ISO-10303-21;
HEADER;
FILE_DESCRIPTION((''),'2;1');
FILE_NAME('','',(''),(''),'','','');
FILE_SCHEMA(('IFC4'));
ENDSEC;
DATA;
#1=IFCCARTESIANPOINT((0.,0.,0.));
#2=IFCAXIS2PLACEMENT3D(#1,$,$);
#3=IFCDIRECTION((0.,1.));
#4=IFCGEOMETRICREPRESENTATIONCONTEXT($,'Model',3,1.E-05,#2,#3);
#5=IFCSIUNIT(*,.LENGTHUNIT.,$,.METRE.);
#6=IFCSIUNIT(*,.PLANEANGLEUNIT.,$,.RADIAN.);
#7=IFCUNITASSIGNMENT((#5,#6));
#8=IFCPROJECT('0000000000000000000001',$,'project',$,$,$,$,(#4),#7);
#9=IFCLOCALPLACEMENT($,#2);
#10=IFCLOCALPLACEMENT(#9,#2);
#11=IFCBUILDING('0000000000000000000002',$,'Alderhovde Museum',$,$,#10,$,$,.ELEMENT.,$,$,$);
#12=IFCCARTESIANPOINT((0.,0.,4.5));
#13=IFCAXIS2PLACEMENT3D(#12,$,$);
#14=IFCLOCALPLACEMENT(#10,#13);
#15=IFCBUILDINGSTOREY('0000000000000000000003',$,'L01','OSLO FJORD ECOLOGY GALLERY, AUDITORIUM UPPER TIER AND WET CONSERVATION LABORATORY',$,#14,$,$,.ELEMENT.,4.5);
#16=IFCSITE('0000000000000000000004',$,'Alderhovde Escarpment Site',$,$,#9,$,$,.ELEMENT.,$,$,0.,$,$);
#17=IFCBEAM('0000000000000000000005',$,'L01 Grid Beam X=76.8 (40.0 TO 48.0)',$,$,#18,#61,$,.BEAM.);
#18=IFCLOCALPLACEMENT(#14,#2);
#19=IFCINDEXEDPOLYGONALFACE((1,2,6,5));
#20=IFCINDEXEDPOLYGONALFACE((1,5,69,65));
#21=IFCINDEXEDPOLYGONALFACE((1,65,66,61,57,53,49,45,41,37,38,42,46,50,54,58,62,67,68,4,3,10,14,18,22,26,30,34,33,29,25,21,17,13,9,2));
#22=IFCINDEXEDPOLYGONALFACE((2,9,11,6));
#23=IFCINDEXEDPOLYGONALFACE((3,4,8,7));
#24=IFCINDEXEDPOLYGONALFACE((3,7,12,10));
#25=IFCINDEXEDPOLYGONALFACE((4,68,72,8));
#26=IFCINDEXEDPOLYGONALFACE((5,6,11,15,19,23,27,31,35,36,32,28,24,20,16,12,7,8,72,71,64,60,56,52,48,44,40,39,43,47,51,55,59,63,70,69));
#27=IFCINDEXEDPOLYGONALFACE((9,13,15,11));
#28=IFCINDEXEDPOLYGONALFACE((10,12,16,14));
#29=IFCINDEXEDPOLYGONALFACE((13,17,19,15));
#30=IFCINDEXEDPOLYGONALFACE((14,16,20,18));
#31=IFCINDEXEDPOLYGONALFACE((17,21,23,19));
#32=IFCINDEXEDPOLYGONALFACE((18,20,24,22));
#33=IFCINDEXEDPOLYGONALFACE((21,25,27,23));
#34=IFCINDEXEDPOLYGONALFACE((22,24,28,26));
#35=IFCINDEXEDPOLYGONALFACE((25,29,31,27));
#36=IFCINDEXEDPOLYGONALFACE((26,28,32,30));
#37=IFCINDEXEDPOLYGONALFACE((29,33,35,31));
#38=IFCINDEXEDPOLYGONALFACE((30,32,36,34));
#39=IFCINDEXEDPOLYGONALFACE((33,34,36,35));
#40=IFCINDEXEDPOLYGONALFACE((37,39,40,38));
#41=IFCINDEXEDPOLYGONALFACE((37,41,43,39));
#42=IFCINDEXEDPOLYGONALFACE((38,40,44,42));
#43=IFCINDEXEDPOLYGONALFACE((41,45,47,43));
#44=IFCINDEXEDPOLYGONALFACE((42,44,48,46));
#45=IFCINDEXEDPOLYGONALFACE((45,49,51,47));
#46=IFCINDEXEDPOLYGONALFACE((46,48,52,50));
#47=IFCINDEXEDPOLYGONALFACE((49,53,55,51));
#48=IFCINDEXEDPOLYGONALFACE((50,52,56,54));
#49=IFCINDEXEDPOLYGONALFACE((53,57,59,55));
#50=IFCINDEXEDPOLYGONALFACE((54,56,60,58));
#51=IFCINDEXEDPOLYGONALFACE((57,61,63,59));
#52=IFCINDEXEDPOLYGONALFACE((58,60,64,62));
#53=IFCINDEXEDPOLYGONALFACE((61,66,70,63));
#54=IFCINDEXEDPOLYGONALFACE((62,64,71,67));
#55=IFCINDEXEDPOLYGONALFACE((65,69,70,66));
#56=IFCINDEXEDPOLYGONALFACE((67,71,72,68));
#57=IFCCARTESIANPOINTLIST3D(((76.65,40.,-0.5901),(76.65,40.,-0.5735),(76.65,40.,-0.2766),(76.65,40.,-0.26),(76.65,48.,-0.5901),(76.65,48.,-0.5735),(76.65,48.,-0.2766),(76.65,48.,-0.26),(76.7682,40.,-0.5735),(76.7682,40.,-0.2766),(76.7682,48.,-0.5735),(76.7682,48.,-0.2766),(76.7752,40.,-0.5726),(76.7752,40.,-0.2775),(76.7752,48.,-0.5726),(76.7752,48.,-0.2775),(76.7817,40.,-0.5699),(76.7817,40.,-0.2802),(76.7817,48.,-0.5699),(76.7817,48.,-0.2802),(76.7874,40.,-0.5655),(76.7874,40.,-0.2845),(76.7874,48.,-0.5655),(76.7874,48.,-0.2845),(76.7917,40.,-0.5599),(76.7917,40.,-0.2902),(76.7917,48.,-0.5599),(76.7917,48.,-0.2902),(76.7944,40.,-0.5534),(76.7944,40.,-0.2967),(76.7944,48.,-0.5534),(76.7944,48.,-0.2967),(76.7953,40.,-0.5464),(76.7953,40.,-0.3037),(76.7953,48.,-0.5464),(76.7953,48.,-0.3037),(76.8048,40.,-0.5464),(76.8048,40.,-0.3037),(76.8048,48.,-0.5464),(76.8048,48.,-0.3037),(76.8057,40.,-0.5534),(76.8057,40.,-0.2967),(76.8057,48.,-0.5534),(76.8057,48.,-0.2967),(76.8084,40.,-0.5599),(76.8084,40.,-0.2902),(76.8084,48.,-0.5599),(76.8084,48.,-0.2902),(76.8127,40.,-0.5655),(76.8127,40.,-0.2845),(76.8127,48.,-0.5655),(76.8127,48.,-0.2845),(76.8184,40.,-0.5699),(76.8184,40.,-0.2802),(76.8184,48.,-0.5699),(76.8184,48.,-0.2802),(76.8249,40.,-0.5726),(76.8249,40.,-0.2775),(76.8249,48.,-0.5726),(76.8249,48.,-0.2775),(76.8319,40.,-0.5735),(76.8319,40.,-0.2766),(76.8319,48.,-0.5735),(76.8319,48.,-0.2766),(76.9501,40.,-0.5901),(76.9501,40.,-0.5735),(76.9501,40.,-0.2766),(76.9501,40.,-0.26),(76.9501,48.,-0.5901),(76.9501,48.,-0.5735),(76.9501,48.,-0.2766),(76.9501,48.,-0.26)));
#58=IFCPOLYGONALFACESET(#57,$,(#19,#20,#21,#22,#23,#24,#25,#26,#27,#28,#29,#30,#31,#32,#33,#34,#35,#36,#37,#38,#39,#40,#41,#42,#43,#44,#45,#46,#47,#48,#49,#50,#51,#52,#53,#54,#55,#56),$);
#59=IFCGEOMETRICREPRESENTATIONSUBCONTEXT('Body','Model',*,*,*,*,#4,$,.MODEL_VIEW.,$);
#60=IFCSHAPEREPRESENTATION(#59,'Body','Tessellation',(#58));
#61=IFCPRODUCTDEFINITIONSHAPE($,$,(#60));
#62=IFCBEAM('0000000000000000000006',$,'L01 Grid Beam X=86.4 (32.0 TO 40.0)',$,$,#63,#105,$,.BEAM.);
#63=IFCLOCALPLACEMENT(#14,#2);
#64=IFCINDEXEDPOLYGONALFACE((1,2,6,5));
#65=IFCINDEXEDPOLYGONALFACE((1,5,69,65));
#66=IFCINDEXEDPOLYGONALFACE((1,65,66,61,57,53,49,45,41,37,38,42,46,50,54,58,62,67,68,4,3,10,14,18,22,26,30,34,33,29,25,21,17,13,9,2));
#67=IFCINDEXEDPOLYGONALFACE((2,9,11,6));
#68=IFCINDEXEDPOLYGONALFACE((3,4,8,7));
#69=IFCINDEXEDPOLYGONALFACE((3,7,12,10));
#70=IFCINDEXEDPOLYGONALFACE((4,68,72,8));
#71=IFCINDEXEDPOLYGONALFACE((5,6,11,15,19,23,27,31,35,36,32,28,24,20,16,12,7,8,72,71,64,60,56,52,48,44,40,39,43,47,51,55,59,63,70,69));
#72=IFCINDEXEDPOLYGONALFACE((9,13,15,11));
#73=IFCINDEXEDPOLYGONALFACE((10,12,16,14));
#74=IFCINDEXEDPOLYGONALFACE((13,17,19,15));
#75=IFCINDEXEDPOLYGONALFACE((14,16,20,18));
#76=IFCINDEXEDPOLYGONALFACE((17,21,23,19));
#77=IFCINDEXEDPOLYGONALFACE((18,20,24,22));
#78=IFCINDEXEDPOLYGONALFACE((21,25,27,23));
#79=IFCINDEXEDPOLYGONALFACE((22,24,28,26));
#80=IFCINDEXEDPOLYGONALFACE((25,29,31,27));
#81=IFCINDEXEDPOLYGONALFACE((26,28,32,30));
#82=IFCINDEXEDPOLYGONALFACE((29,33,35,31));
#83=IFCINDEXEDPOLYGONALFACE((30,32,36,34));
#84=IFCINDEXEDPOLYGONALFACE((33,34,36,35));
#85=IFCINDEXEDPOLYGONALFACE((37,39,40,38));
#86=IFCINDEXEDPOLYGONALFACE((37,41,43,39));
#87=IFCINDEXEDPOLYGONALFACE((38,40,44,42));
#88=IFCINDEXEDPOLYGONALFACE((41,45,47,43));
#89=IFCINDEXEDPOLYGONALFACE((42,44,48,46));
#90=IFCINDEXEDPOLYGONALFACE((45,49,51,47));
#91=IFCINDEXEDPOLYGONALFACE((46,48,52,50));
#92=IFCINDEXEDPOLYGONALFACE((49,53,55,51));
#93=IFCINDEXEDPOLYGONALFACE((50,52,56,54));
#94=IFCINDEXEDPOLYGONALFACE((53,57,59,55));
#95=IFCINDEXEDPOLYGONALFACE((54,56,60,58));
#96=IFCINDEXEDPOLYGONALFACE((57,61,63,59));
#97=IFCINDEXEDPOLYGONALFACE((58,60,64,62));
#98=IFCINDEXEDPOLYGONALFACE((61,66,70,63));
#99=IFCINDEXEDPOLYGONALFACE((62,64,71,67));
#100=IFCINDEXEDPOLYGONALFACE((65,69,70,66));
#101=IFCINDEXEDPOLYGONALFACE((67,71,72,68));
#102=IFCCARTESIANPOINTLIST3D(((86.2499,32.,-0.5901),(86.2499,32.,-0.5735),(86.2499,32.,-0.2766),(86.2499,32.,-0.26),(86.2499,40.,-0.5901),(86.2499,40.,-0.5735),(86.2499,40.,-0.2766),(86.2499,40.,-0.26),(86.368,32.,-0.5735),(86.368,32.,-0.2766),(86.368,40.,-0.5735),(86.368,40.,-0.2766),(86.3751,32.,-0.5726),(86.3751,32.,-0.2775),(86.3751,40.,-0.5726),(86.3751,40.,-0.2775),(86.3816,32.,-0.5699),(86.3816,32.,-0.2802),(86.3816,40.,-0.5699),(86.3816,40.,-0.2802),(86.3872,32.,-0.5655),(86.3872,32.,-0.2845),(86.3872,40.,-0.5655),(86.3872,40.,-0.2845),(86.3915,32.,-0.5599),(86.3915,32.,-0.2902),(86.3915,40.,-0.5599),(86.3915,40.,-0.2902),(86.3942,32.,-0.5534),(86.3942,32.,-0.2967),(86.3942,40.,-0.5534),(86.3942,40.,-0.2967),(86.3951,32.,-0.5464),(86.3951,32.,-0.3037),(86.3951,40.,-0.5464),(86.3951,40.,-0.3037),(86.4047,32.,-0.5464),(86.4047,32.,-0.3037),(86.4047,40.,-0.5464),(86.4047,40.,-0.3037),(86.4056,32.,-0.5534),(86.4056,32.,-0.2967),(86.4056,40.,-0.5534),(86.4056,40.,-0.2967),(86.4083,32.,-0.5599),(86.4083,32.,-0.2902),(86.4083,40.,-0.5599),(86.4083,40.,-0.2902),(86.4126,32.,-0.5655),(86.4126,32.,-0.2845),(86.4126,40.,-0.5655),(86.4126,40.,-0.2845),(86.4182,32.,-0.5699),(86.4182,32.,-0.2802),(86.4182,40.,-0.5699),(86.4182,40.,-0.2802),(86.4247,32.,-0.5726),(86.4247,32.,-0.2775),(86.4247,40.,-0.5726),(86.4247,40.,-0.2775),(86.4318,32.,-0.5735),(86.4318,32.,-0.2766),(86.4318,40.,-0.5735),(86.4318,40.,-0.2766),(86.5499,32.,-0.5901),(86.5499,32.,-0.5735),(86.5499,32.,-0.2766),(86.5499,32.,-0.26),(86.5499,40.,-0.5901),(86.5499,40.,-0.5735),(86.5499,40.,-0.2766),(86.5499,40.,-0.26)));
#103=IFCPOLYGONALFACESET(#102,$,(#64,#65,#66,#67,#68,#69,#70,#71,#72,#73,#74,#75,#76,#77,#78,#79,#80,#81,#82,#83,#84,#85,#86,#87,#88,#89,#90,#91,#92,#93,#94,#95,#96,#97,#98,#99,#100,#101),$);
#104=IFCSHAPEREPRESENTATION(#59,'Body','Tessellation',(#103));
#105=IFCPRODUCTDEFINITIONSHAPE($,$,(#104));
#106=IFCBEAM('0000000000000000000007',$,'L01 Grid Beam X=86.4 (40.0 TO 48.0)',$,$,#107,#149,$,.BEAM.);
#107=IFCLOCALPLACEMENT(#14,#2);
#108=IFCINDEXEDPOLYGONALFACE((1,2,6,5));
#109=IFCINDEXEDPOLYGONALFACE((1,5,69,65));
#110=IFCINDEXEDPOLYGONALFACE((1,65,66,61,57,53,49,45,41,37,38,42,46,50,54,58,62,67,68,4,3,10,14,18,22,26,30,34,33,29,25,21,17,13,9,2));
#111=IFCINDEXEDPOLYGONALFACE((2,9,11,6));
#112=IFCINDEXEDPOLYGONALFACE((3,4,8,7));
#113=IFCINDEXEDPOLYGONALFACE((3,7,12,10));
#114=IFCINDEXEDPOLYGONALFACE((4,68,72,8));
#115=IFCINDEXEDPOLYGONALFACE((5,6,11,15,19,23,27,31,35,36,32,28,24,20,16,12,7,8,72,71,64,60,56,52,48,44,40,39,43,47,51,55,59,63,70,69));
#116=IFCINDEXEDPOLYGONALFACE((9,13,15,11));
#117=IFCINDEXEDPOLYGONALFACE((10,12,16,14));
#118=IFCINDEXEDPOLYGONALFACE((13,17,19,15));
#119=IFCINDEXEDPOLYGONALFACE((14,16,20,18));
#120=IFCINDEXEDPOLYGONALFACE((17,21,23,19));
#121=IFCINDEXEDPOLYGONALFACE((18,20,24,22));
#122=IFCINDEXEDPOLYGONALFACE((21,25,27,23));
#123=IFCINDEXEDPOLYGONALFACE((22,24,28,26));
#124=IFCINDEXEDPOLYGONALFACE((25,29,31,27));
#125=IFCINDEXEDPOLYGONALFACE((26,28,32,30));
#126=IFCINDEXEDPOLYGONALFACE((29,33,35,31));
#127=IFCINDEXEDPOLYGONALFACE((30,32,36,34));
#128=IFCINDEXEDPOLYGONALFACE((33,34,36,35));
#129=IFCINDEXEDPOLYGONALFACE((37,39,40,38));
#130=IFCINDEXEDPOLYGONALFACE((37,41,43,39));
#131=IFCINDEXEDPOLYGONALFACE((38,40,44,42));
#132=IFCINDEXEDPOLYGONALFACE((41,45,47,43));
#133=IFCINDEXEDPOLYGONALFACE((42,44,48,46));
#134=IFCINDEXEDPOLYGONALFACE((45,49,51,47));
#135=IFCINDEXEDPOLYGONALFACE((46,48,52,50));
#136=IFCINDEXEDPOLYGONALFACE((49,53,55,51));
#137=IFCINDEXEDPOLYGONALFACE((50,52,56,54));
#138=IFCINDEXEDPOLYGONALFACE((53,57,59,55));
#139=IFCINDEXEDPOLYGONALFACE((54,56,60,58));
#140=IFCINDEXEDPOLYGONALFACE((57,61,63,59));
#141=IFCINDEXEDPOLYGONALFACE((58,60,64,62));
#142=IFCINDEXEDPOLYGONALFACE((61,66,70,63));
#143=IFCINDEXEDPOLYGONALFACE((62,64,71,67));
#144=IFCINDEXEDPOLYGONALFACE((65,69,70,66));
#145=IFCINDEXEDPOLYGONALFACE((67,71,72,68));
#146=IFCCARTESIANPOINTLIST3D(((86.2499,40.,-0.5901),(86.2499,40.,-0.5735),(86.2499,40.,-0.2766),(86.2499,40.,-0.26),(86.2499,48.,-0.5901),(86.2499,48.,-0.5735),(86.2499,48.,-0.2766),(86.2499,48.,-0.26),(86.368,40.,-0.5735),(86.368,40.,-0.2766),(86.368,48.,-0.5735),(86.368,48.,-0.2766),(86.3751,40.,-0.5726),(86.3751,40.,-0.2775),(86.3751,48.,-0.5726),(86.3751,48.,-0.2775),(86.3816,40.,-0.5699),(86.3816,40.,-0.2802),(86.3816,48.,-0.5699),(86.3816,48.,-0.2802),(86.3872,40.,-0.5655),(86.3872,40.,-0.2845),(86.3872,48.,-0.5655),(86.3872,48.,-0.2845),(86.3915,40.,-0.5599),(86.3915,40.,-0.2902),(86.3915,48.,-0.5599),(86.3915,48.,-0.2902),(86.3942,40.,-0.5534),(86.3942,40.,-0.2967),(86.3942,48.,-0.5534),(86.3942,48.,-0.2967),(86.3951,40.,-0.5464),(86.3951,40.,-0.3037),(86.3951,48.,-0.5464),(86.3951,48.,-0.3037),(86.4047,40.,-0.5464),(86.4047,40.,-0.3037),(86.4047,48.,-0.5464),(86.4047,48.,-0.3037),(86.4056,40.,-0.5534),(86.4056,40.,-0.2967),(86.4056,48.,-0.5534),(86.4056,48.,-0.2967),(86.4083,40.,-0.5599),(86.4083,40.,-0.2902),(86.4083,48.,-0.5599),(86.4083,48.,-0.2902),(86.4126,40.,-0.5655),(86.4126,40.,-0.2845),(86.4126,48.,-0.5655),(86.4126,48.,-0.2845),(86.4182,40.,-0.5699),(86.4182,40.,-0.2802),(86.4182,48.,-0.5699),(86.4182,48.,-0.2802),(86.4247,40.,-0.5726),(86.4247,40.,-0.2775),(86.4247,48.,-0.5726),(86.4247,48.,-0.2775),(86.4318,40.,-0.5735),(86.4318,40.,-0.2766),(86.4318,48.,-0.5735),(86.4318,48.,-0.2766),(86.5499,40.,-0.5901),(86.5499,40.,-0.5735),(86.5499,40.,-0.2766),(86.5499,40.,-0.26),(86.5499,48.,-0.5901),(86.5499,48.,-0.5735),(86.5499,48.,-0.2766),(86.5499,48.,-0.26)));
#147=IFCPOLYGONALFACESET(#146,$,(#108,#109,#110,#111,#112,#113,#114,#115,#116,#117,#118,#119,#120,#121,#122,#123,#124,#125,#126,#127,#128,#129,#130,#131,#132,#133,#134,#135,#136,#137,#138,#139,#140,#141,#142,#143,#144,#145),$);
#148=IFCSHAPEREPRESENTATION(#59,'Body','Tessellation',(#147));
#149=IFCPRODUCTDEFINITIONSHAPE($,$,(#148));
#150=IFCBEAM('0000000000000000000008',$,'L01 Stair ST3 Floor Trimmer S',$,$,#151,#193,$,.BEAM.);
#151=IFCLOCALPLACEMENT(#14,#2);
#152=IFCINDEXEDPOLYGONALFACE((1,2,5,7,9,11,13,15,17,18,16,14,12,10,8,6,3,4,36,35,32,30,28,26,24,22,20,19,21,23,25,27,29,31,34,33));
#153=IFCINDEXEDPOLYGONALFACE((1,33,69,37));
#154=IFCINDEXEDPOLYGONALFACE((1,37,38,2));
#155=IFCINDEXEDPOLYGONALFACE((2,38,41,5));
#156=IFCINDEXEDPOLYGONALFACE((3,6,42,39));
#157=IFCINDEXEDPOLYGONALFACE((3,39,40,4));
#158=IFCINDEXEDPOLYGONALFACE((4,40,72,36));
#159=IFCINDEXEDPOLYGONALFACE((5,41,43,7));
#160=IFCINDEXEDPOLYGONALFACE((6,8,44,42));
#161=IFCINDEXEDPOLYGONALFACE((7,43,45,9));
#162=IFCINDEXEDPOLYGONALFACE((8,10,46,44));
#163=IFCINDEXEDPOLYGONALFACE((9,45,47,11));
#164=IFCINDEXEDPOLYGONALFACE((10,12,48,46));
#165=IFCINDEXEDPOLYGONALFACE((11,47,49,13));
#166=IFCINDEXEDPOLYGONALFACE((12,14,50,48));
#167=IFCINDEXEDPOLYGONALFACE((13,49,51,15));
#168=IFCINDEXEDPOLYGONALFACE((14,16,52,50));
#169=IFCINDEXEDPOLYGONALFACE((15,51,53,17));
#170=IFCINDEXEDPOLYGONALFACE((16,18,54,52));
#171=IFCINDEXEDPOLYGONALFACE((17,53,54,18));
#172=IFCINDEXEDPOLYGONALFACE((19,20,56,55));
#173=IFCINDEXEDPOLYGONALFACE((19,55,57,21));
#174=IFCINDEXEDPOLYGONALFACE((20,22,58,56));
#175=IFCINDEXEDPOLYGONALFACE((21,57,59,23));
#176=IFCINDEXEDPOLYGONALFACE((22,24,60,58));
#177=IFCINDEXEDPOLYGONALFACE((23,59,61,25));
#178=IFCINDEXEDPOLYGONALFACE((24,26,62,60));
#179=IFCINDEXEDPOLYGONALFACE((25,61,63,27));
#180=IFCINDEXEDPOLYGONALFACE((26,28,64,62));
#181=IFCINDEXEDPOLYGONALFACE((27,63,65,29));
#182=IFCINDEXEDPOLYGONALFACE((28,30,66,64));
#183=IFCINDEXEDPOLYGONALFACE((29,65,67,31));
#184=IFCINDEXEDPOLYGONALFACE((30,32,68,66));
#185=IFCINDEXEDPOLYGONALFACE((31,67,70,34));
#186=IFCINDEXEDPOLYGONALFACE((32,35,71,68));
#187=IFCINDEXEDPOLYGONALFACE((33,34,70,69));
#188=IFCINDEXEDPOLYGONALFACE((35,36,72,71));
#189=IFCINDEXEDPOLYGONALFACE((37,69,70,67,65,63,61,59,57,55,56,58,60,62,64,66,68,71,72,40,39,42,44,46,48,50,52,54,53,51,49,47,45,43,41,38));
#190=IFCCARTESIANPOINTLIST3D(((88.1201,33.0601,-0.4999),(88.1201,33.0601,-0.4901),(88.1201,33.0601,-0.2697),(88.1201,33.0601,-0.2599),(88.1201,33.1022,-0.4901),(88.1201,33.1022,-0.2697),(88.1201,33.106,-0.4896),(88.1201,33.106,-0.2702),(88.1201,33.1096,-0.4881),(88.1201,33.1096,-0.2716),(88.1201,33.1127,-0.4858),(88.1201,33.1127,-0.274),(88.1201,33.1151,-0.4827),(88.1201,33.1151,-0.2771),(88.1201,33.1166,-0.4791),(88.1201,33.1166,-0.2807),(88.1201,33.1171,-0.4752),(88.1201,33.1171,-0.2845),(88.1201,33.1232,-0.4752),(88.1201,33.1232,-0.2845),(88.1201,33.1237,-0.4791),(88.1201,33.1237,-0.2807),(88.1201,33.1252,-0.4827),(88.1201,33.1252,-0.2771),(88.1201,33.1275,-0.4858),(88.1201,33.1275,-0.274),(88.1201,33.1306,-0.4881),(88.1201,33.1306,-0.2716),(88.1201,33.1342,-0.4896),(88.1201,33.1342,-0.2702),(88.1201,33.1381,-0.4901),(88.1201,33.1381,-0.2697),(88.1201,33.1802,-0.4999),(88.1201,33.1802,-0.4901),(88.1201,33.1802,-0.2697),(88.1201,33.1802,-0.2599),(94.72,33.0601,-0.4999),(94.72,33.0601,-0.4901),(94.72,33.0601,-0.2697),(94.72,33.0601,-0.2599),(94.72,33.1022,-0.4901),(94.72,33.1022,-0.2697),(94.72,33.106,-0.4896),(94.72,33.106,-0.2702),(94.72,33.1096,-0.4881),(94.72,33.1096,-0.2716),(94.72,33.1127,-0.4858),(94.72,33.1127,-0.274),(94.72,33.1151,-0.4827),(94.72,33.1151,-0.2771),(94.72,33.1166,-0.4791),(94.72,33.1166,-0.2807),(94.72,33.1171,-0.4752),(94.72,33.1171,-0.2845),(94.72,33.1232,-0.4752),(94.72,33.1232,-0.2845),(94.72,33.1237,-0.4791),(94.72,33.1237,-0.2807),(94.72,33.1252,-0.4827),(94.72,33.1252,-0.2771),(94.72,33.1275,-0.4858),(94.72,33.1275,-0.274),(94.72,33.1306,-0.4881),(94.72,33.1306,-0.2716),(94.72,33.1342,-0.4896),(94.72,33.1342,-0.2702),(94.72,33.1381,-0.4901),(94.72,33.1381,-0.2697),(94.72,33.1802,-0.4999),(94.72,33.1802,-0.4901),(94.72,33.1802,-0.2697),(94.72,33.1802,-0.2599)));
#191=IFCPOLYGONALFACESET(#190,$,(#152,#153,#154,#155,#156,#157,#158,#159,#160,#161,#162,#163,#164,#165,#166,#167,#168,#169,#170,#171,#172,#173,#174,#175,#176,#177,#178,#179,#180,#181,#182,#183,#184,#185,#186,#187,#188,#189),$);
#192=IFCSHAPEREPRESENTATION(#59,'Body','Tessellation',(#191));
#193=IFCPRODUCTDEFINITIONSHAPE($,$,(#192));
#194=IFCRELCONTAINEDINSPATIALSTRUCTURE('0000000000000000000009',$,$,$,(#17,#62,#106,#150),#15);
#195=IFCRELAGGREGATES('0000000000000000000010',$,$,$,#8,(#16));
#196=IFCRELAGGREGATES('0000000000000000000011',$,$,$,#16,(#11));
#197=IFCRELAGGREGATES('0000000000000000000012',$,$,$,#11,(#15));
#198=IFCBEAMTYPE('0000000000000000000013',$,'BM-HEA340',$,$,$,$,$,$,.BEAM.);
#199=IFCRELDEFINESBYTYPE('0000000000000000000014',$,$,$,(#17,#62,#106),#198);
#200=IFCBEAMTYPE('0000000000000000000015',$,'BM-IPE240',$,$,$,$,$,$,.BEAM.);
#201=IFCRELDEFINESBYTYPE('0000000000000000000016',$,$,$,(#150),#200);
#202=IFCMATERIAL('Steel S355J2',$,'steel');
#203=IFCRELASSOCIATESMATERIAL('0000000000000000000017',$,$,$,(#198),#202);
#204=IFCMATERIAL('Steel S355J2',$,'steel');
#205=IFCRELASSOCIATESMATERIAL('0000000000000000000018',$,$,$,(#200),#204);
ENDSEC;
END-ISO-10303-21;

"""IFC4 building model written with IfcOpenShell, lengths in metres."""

from ifc_helpers import new_model, si_unit, direction, frame, origin, origin_2d, place, context, subcontext, project, spatial, i_section, extrude, material, material_profile, profile_set, type_object, element, save


model = new_model("IFC4")

# Units and contexts
model_context = context("Model", 3, precision=1e-05, world=origin(), true_north=direction((0.0, 1.0)))
body_context = subcontext(model_context, "Body", "Model", "MODEL_VIEW")
ifc_project = project(units=[si_unit("LENGTHUNIT", "METRE"), si_unit("PLANEANGLEUNIT", "RADIAN")], contexts=[model_context])

# Site, building, storey
site_placement = place(None, origin())
site = spatial("IfcSite", under=ifc_project, at=site_placement, Name="Alderhovde Escarpment Site", CompositionType="ELEMENT", RefElevation=0.0)
building_placement = place(site_placement, origin())
building = spatial("IfcBuilding", under=site, at=building_placement, Name="Alderhovde Museum", CompositionType="ELEMENT")
storey_placement = place(building_placement, frame((0.0, 0.0, 4.5)))
storey = spatial("IfcBuildingStorey", under=building, at=storey_placement, Name="L01", Description="OSLO FJORD ECOLOGY GALLERY, AUDITORIUM UPPER TIER AND WET CONSERVATION LABORATORY", CompositionType="ELEMENT", Elevation=4.5)

# Beams
ifc_material_1 = material(Name="Steel S355J2", Category="steel")
ifc_material_profile_1 = material_profile(ifc_material_1, i_section(OverallWidth=0.3, OverallDepth=0.3301, WebThickness=0.0095, FlangeThickness=0.0166, FilletRadius=0.0271, at=origin_2d()), Name="HEA 340")
ifc_profile_set_1 = profile_set([ifc_material_profile_1], Name="Steel S355J2")
beam_type_1 = type_object("IfcBeamType", Name="BM-HEA340", PredefinedType="BEAM", material=ifc_profile_set_1)
for number, where, z_axis, x_axis, name in (
    (1, (76.8, 40.0, -0.425), (0.0, 1.0, 0.0), (-1.0, 0.0, 0.0), "L01 Grid Beam X=76.8 (40.0 TO 48.0)"),
    (2, (86.3999, 32.0, -0.425), (0.0, 1.0, 0.0), (-1.0, 0.0, 0.0), "L01 Grid Beam X=86.4 (32.0 TO 40.0)"),
    (3, (86.3999, 40.0, -0.425), (0.0, 1.0, 0.0), (-1.0, 0.0, 0.0), "L01 Grid Beam X=86.4 (40.0 TO 48.0)"),
):
    element("IfcBeam", number, at=place(storey_placement, frame(where, z_axis=z_axis, x_axis=x_axis)), inside=storey, type_object=beam_type_1, Name=name, PredefinedType="BEAM", context=body_context, shape_type="SweptSolid", body=[
        extrude(i_section(OverallWidth=0.3, OverallDepth=0.3301, WebThickness=0.0095, FlangeThickness=0.0166, FilletRadius=0.0271, at=origin_2d()), origin(), (0.0, 0.0, 1.0), 8.0),
    ])
ifc_material_2 = material(Name="Steel S355J2", Category="steel")
ifc_material_profile_2 = material_profile(ifc_material_2, i_section(OverallWidth=0.1201, OverallDepth=0.24, WebThickness=0.0061, FlangeThickness=0.0098, FilletRadius=0.0149, at=origin_2d()), Name="IPE 240")
ifc_profile_set_2 = profile_set([ifc_material_profile_2], Name="Steel S355J2")
beam_type_2 = type_object("IfcBeamType", Name="BM-IPE240", PredefinedType="BEAM", material=ifc_profile_set_2)
for number, where, z_axis, x_axis, name in (
    (4, (88.1201, 33.1201, -0.3799), (1.0, 0.0, 0.0), (0.0, 1.0, 0.0), "L01 Stair ST3 Floor Trimmer S"),
):
    element("IfcBeam", number, at=place(storey_placement, frame(where, z_axis=z_axis, x_axis=x_axis)), inside=storey, type_object=beam_type_2, Name=name, PredefinedType="BEAM", context=body_context, shape_type="SweptSolid", body=[
        extrude(i_section(OverallWidth=0.1201, OverallDepth=0.24, WebThickness=0.0061, FlangeThickness=0.0098, FilletRadius=0.0149, at=origin_2d()), origin(), (0.0, 0.0, 1.0), 6.5999),
    ])

save(model, "model.ifc")
